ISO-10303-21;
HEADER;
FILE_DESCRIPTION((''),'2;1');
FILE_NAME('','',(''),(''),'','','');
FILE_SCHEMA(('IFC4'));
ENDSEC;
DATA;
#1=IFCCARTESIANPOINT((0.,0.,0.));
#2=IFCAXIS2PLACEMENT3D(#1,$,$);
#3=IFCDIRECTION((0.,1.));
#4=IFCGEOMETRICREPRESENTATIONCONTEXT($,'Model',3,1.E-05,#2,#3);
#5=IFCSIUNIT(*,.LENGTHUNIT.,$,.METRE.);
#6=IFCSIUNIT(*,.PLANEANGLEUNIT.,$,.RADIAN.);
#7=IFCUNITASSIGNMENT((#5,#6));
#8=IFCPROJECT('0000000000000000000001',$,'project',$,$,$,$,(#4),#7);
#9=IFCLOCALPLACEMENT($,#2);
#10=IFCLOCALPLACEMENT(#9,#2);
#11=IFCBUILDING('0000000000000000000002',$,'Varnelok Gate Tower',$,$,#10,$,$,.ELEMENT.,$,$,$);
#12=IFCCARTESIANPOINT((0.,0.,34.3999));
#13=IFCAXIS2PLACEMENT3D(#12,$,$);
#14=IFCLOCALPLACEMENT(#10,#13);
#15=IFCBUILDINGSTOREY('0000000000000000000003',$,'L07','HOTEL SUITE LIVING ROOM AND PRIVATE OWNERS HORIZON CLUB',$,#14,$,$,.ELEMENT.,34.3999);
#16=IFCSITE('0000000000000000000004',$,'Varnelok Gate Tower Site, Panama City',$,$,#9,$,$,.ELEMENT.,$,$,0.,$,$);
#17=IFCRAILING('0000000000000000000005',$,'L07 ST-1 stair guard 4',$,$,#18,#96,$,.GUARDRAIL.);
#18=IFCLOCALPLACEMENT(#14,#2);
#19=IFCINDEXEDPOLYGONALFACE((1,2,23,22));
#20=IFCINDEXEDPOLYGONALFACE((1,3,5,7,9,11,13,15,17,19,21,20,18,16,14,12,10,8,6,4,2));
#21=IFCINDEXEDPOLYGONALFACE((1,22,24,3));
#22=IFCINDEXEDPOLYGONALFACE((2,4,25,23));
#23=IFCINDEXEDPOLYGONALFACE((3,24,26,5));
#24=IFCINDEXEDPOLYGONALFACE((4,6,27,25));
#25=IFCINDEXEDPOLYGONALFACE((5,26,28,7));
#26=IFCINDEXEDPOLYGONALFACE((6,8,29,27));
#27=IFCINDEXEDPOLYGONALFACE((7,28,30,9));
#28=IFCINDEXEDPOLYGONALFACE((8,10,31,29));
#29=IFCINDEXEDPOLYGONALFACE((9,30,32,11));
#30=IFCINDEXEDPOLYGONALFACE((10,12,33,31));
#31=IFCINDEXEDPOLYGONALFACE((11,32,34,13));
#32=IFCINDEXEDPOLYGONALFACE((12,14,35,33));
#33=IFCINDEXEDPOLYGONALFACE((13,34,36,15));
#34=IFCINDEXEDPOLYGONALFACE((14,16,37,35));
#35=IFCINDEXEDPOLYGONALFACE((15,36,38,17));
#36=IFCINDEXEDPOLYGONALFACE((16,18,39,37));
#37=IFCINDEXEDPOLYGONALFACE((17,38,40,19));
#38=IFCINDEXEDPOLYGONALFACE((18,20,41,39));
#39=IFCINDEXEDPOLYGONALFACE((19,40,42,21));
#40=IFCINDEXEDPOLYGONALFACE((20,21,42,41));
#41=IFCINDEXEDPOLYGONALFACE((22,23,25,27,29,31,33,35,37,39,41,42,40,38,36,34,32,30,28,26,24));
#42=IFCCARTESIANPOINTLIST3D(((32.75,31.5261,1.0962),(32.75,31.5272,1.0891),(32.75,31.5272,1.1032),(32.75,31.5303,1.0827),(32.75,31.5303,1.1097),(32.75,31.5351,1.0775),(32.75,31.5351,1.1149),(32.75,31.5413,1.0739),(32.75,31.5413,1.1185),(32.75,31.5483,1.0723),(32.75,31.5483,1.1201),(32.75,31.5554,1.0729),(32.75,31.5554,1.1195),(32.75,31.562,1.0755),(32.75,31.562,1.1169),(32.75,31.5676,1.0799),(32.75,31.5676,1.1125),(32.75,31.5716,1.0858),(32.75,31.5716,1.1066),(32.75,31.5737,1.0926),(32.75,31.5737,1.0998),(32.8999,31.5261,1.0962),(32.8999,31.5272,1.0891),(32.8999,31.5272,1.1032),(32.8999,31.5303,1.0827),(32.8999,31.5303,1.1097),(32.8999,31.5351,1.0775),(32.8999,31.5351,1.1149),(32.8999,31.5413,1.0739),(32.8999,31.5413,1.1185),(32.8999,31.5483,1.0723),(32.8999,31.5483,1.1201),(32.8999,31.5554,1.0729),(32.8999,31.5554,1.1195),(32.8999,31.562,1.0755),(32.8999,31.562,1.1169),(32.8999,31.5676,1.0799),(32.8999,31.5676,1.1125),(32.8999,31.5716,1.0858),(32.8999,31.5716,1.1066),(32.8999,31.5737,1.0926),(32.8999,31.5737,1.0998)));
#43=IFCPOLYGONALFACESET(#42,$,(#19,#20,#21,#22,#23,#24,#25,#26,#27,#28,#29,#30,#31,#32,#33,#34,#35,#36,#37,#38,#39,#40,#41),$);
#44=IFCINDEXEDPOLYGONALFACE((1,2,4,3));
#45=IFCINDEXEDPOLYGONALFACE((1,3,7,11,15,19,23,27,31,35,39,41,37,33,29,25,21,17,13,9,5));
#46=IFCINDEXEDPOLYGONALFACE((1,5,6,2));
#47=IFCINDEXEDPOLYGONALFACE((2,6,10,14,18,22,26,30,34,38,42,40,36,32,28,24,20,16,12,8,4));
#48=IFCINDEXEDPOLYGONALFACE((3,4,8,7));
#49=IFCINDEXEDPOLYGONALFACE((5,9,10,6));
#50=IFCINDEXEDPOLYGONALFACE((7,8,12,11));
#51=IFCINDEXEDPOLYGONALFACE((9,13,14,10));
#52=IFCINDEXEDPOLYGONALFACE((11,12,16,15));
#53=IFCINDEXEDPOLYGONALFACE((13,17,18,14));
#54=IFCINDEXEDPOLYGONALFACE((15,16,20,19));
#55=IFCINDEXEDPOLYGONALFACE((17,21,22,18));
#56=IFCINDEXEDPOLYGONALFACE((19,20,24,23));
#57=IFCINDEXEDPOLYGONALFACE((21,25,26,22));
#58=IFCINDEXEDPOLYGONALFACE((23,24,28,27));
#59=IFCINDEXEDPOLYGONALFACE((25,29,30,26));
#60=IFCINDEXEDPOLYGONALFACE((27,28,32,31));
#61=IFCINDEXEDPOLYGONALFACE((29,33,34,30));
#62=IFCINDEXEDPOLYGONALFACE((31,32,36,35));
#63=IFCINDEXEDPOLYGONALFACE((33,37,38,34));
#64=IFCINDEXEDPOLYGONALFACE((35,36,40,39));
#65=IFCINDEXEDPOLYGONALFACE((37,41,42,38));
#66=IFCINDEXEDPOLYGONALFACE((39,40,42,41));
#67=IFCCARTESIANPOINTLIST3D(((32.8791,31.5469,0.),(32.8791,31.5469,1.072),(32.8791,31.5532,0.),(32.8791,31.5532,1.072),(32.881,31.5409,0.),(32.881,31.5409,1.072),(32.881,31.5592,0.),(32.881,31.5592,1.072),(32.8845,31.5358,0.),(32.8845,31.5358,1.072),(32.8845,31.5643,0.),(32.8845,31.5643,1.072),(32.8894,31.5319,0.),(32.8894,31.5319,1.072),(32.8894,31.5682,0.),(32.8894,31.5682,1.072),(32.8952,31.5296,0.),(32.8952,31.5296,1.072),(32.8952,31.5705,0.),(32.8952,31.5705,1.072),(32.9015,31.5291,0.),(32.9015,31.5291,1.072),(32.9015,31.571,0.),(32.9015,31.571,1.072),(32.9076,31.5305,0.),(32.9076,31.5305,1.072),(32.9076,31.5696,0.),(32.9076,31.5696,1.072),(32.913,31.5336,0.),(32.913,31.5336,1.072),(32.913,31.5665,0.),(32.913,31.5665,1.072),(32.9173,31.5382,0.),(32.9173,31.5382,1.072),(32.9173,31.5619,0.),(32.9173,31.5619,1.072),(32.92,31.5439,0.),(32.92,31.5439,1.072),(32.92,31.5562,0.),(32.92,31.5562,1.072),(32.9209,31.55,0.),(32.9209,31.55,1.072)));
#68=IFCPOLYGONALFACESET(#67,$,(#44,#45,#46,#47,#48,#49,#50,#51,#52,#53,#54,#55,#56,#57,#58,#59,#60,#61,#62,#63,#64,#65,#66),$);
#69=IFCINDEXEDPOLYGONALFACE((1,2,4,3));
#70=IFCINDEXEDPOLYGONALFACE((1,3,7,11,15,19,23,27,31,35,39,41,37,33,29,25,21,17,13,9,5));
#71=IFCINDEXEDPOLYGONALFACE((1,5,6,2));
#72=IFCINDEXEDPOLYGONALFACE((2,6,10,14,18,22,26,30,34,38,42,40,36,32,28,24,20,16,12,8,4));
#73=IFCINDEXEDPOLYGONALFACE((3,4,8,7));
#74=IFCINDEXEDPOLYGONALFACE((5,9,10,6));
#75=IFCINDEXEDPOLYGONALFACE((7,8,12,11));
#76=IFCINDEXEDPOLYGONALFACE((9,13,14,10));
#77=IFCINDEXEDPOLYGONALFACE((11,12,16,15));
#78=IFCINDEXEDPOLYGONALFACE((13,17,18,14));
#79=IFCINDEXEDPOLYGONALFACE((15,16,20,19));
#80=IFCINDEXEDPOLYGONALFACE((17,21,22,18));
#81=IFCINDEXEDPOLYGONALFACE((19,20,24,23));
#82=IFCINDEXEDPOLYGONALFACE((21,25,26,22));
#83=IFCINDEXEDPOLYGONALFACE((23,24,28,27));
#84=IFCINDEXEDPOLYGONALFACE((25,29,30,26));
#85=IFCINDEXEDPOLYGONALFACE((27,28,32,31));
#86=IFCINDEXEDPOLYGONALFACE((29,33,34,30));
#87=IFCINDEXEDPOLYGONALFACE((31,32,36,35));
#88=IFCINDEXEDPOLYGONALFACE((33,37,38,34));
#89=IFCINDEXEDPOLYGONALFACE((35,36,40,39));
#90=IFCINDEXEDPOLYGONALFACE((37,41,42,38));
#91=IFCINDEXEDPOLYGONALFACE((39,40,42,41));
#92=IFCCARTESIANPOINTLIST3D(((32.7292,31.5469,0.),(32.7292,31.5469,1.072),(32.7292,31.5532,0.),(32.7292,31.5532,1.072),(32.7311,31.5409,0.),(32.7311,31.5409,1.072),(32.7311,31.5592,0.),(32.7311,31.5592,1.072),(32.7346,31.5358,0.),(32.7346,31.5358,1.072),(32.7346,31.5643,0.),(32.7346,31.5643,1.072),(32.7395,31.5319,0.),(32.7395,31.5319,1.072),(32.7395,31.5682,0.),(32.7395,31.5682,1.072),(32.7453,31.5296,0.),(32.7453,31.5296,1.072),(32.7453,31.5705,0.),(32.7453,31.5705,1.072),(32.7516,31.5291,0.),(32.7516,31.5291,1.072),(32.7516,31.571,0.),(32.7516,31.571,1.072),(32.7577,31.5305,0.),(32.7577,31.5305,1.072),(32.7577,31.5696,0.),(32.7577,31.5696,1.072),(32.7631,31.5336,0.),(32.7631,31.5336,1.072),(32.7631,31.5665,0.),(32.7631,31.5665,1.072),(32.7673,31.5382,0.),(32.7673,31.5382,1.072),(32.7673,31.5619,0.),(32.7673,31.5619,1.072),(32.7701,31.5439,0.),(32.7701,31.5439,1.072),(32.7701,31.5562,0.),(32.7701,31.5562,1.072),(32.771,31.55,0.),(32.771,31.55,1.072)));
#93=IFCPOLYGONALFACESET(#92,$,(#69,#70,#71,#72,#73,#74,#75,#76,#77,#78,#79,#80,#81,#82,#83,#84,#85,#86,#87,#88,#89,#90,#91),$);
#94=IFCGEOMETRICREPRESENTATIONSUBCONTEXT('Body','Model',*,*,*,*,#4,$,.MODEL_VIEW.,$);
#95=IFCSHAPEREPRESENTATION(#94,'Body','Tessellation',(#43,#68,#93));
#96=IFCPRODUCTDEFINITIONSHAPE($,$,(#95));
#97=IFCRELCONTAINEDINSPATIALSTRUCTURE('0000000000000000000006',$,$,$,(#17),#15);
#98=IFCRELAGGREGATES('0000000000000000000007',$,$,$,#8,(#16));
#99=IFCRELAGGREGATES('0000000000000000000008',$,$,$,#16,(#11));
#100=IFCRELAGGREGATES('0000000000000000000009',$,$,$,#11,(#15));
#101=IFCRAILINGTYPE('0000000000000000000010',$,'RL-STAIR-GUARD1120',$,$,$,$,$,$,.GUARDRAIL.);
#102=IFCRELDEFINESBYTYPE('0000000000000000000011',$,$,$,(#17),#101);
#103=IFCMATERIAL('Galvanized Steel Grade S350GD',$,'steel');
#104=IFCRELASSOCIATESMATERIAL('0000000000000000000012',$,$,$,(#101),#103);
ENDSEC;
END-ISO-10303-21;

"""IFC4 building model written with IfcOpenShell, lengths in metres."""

from ifc_helpers import new_model, si_unit, direction, frame, origin, origin_2d, place, context, subcontext, project, spatial, circle, extrude, material, type_object, element, save


model = new_model("IFC4")

# Units and contexts
model_context = context("Model", 3, precision=1e-05, world=origin(), true_north=direction((0.0, 1.0)))
body_context = subcontext(model_context, "Body", "Model", "MODEL_VIEW")
ifc_project = project(units=[si_unit("LENGTHUNIT", "METRE"), si_unit("PLANEANGLEUNIT", "RADIAN")], contexts=[model_context])

# Site, building, storey
site_placement = place(None, origin())
site = spatial("IfcSite", under=ifc_project, at=site_placement, Name="Varnelok Gate Tower Site, Panama City", CompositionType="ELEMENT", RefElevation=0.0)
building_placement = place(site_placement, origin())
building = spatial("IfcBuilding", under=site, at=building_placement, Name="Varnelok Gate Tower", CompositionType="ELEMENT")
storey_placement = place(building_placement, frame((0.0, 0.0, 34.3999)))
storey = spatial("IfcBuildingStorey", under=building, at=storey_placement, Name="L07", Description="HOTEL SUITE LIVING ROOM AND PRIVATE OWNERS HORIZON CLUB", CompositionType="ELEMENT", Elevation=34.3999)

# Shared definitions
ifc_material_1 = material(Name="Galvanized Steel Grade S350GD", Category="steel")

# Railing
railing_type_1 = type_object("IfcRailingType", Name="RL-STAIR-GUARD1120", PredefinedType="GUARDRAIL", material=ifc_material_1)
for number, where, name in (
    (1, (32.8999, 31.55, 0.0), "L07 ST-1 stair guard 4"),
):
    element("IfcRailing", number, at=place(storey_placement, frame(where)), inside=storey, type_object=railing_type_1, Name=name, PredefinedType="GUARDRAIL", context=body_context, shape_type="SweptSolid", body=[
        extrude(circle(Radius=0.0239, at=origin_2d()), frame((0.0, 0.0, 1.0962), z_axis=(-1.0, 0.0, 0.0), x_axis=(0.0, -1.0, 0.0)), (0.0, 0.0, 1.0), 0.1499),
        extrude(circle(Radius=0.021, at=origin_2d()), origin(), (0.0, 0.0, 1.0), 1.072),
        extrude(circle(Radius=0.021, at=origin_2d()), frame((-0.1499, 0.0, 0.0)), (0.0, 0.0, 1.0), 1.072),
    ])

save(model, "model.ifc")
